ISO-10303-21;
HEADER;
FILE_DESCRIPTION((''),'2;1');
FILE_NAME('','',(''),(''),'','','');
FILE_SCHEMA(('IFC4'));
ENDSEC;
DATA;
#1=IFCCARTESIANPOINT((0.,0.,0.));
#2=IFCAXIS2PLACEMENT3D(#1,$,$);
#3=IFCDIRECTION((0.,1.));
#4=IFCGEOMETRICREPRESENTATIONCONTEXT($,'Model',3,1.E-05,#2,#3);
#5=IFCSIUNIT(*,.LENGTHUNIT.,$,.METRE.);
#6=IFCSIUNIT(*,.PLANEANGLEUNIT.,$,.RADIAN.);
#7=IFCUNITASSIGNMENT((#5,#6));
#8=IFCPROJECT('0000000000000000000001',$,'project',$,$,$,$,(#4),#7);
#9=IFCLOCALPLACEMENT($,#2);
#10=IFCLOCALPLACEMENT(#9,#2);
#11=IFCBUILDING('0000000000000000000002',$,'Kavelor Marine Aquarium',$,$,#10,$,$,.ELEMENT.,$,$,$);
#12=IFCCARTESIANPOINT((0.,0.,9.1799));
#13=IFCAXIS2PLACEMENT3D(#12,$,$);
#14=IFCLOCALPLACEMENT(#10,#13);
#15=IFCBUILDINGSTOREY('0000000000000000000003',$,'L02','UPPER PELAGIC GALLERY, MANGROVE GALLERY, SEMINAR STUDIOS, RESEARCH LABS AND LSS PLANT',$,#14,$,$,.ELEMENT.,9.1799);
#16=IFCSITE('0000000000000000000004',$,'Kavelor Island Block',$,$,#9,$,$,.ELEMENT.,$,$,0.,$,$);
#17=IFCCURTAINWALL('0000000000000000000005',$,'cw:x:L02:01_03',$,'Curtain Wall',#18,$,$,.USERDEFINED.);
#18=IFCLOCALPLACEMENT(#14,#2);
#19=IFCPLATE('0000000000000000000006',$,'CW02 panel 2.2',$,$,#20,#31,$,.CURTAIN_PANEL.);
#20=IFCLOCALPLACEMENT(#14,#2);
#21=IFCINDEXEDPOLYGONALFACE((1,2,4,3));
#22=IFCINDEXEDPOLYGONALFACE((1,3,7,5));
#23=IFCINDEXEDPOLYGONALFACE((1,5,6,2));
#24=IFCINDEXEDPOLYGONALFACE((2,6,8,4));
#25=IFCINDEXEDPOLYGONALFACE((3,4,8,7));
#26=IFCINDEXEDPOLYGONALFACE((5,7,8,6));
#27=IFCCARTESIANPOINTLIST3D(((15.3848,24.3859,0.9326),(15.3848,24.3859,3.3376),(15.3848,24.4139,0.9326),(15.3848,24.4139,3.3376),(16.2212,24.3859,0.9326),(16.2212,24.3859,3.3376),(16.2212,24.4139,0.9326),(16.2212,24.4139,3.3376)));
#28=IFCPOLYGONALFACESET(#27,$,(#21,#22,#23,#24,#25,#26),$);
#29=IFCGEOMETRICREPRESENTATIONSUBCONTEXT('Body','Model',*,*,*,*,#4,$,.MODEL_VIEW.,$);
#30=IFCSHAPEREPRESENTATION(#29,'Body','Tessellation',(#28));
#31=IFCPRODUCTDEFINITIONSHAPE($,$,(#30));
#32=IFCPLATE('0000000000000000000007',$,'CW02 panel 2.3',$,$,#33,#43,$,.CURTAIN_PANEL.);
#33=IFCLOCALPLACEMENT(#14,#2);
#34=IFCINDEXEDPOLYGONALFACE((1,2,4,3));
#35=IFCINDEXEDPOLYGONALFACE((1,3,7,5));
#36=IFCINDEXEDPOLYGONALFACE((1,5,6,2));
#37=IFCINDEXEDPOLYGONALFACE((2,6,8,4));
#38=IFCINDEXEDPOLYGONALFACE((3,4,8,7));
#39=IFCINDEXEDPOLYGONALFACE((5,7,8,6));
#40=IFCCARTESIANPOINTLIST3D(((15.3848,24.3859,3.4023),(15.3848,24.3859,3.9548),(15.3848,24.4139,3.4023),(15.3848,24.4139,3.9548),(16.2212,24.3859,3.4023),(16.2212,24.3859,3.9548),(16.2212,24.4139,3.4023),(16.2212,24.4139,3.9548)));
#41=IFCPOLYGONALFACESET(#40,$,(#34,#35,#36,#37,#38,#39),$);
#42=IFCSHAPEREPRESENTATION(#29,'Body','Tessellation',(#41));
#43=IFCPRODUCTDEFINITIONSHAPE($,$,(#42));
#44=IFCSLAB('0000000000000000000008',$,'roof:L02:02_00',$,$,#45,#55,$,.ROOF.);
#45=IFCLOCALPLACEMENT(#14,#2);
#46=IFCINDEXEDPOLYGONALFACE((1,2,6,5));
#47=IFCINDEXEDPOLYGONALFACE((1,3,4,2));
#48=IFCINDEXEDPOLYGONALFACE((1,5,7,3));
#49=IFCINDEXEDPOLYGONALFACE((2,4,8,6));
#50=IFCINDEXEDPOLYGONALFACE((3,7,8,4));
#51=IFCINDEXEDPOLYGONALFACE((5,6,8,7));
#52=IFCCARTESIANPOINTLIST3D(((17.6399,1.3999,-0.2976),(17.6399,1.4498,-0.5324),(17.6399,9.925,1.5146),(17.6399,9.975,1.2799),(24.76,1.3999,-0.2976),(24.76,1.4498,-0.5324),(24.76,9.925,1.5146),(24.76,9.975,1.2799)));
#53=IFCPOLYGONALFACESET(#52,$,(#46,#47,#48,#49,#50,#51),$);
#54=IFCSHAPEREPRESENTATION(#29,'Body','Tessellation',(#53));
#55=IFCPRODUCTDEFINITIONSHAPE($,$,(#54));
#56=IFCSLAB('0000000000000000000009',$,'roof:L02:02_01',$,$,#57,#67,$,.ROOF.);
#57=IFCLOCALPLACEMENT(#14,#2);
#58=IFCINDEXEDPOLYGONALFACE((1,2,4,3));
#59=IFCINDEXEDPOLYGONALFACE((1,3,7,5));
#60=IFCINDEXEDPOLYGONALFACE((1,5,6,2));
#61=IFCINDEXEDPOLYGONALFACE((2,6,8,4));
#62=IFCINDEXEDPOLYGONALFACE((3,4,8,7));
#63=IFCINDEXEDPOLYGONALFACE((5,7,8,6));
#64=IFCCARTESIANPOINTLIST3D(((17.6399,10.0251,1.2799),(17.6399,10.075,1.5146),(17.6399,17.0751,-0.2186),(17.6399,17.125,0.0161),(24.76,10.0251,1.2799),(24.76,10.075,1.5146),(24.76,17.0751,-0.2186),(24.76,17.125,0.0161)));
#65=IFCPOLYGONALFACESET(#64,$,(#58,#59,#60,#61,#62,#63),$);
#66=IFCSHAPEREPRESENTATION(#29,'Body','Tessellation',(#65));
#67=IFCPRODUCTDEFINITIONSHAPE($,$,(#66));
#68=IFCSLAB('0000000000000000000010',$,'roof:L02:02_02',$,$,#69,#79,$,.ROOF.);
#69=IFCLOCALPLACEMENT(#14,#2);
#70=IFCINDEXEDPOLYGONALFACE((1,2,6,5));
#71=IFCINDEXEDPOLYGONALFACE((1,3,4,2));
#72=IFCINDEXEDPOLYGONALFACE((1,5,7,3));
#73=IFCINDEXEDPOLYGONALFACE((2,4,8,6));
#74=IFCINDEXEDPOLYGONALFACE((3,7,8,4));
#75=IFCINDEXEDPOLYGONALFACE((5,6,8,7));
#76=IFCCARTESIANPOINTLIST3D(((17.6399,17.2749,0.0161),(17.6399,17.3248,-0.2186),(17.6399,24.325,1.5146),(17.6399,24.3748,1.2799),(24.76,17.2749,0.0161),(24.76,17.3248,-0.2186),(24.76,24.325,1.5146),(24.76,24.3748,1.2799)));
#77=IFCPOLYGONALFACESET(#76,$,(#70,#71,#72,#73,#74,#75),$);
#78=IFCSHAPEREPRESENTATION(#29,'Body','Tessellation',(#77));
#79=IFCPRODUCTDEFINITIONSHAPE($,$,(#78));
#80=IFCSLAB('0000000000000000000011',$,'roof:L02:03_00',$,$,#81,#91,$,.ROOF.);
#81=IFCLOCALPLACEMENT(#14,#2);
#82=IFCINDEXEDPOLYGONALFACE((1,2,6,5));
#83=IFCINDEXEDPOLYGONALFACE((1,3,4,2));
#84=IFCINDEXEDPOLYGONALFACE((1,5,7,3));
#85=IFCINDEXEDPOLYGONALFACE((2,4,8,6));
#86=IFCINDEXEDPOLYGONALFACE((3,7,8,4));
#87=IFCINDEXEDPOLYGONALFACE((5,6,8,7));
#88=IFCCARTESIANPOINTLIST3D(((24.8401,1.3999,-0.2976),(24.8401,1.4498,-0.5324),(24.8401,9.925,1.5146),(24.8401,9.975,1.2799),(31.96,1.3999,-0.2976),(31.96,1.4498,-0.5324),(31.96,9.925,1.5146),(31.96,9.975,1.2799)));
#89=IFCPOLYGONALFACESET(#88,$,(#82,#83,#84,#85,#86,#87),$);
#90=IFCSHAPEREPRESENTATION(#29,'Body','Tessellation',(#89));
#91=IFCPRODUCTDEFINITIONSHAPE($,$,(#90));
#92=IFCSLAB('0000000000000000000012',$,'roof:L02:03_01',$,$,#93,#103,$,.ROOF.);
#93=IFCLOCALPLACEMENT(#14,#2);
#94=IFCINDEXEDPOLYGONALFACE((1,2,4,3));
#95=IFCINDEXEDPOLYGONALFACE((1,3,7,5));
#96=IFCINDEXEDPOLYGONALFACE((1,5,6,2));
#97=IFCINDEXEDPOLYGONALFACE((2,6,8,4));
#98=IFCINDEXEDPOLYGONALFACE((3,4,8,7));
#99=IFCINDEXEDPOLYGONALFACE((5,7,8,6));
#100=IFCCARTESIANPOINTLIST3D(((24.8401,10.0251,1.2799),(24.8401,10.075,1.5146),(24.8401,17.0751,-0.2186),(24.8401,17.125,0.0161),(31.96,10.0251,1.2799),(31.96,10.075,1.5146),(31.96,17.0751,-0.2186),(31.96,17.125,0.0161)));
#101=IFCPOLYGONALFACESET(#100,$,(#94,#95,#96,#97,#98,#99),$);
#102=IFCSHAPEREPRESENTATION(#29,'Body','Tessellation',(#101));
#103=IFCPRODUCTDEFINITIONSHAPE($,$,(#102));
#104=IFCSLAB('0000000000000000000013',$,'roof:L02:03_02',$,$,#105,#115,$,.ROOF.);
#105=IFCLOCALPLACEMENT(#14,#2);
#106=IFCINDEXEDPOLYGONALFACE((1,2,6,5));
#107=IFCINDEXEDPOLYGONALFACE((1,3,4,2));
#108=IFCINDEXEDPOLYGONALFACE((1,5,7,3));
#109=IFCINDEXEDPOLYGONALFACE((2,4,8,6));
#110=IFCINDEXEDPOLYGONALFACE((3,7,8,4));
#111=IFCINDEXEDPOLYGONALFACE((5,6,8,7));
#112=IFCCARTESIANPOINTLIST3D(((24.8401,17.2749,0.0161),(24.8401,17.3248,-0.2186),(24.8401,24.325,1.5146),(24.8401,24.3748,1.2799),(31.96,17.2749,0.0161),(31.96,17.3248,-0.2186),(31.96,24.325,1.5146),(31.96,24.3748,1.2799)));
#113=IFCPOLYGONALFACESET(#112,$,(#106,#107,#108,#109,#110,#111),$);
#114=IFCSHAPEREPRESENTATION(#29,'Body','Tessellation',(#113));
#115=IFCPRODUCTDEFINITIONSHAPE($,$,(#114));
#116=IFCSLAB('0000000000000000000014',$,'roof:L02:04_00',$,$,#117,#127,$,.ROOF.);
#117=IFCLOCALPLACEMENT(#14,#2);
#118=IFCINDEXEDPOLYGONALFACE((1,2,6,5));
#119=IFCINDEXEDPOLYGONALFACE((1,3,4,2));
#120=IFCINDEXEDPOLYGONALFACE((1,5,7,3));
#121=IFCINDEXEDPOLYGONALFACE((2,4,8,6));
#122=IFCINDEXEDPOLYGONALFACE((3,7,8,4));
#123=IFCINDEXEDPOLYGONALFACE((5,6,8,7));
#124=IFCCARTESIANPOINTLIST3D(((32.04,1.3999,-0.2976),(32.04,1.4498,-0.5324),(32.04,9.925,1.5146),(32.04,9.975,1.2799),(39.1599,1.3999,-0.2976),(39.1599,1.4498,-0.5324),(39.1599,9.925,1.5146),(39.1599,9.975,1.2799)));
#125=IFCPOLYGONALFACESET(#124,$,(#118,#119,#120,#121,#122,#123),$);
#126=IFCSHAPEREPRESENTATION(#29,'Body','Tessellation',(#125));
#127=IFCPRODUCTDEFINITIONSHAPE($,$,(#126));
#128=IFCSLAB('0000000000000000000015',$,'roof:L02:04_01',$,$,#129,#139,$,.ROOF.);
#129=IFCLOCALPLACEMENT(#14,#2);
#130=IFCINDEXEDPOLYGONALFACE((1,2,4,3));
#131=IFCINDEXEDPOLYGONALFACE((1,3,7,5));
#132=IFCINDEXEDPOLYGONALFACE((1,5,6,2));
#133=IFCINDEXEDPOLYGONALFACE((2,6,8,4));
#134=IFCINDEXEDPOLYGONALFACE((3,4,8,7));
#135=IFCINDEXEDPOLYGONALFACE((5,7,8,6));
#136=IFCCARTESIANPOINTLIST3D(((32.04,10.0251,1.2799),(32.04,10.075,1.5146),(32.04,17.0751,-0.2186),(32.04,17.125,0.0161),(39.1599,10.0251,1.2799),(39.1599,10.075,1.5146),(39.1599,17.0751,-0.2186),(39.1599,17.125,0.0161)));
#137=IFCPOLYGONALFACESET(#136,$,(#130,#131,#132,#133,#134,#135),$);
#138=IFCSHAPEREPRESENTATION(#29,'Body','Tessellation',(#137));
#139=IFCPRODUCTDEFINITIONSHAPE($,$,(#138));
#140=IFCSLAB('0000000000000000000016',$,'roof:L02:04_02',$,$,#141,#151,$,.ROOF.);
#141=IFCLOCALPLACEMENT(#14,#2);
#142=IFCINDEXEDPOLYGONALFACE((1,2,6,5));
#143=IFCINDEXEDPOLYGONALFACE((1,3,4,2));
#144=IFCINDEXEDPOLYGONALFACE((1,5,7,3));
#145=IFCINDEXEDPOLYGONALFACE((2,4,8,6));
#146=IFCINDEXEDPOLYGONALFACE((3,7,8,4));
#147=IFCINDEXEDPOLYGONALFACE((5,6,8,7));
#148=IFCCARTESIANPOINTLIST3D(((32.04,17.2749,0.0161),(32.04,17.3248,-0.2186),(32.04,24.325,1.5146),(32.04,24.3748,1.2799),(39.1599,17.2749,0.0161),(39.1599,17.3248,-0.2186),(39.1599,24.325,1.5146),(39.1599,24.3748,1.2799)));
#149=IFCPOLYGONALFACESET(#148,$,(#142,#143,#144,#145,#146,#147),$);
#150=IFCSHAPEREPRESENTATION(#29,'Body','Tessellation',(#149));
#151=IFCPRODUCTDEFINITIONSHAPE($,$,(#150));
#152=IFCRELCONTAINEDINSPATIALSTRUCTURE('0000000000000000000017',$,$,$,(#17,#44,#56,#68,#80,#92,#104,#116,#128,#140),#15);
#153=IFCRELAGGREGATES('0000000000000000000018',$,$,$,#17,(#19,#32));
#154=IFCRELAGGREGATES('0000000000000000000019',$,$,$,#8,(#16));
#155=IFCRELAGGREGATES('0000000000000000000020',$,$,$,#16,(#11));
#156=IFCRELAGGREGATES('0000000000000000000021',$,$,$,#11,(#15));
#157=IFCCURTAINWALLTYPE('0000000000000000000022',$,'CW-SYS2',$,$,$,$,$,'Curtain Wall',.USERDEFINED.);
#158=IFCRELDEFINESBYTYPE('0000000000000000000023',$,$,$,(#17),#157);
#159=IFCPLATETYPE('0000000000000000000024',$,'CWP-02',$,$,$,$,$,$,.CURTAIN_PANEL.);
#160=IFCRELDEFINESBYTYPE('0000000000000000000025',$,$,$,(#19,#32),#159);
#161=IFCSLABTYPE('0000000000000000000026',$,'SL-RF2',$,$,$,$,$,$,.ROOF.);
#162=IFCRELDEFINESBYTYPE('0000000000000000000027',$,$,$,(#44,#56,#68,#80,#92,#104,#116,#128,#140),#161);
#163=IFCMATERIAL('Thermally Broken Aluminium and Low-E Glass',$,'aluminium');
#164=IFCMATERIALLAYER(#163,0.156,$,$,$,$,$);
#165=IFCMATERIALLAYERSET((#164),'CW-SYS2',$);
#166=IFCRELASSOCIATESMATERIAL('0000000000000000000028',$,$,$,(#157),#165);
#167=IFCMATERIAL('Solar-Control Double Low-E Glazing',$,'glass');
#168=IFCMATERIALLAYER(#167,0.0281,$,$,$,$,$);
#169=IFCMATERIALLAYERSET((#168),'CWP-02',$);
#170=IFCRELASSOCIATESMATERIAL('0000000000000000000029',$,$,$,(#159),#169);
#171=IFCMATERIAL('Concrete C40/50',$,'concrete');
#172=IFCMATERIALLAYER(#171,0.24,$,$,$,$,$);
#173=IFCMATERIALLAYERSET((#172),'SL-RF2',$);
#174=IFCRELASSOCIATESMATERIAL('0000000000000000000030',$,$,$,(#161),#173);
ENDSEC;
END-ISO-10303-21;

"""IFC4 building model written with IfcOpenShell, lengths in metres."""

from ifc_helpers import new_model, si_unit, direction, frame, origin, origin_2d, place, context, subcontext, project, spatial, polyline, rectangle, outline, extrude, material, layer, layer_set, type_object, element, aggregate, save


model = new_model("IFC4")

# Units and contexts
model_context = context("Model", 3, precision=1e-05, world=origin(), true_north=direction((0.0, 1.0)))
body_context = subcontext(model_context, "Body", "Model", "MODEL_VIEW")
ifc_project = project(units=[si_unit("LENGTHUNIT", "METRE"), si_unit("PLANEANGLEUNIT", "RADIAN")], contexts=[model_context])

# Site, building, storey
site_placement = place(None, origin())
site = spatial("IfcSite", under=ifc_project, at=site_placement, Name="Kavelor Island Block", CompositionType="ELEMENT", RefElevation=0.0)
building_placement = place(site_placement, origin())
building = spatial("IfcBuilding", under=site, at=building_placement, Name="Kavelor Marine Aquarium", CompositionType="ELEMENT")
storey_placement = place(building_placement, frame((0.0, 0.0, 9.1799)))
storey = spatial("IfcBuildingStorey", under=building, at=storey_placement, Name="L02", Description="UPPER PELAGIC GALLERY, MANGROVE GALLERY, SEMINAR STUDIOS, RESEARCH LABS AND LSS PLANT", CompositionType="ELEMENT", Elevation=9.1799)

# Curtain wall, plates
ifc_material_1 = material(Name="Thermally Broken Aluminium and Low-E Glass", Category="aluminium")
ifc_layer_1 = layer(ifc_material_1, 0.156)
ifc_layer_set_1 = layer_set([ifc_layer_1], Name="CW-SYS2")
curtain_wall_type = type_object("IfcCurtainWallType", Name="CW-SYS2", ElementType="Curtain Wall", PredefinedType="USERDEFINED", material=ifc_layer_set_1)
curtain_wall_placement = place(storey_placement, origin())
curtain_wall = element("IfcCurtainWall", 1, at=curtain_wall_placement, inside=storey, type_object=curtain_wall_type, Name="cw:x:L02:01_03", ObjectType="Curtain Wall", PredefinedType="USERDEFINED")
ifc_material_2 = material(Name="Solar-Control Double Low-E Glazing", Category="glass")
ifc_layer_2 = layer(ifc_material_2, 0.0281)
ifc_layer_set_2 = layer_set([ifc_layer_2], Name="CWP-02")
plate_type = type_object("IfcPlateType", Name="CWP-02", PredefinedType="CURTAIN_PANEL", material=ifc_layer_set_2)
plate_1_placement = place(storey_placement, frame((15.803, 24.3999, 0.9326), z_axis=(0.0, 0.0, 1.0), x_axis=(-1.0, 0.0, 0.0)))
plate_1 = element("IfcPlate", 2, at=plate_1_placement, type_object=plate_type, Name="CW02 panel 2.2", PredefinedType="CURTAIN_PANEL", context=body_context, shape_type="SweptSolid", body=[
    extrude(rectangle(XDim=0.8364, YDim=0.0281, at=origin_2d()), origin(), (0.0, 0.0, 1.0), 2.405),
])
plate_2_placement = place(storey_placement, frame((15.803, 24.3999, 3.4023), z_axis=(0.0, 0.0, 1.0), x_axis=(-1.0, 0.0, 0.0)))
plate_2 = element("IfcPlate", 3, at=plate_2_placement, type_object=plate_type, Name="CW02 panel 2.3", PredefinedType="CURTAIN_PANEL", context=body_context, shape_type="SweptSolid", body=[
    extrude(rectangle(XDim=0.8364, YDim=0.0281, at=origin_2d()), origin(), (0.0, 0.0, 1.0), 0.5525),
])
aggregate(curtain_wall, [plate_1, plate_2])

# Slabs
ifc_material_3 = material(Name="Concrete C40/50", Category="concrete")
ifc_layer_3 = layer(ifc_material_3, 0.24)
ifc_layer_set_3 = layer_set([ifc_layer_3], Name="SL-RF2")
slab_type = type_object("IfcSlabType", Name="SL-RF2", PredefinedType="ROOF", material=ifc_layer_set_3)
slab_1_placement = place(storey_placement, frame((17.6399, 1.3999, -0.2976), z_axis=(0.0, -0.207931, 0.978143), x_axis=(1.0, 0.0, 0.0)))
element("IfcSlab", 4, at=slab_1_placement, inside=storey, type_object=slab_type, Name="roof:L02:02_00", PredefinedType="ROOF", context=body_context, shape_type="SweptSolid", body=[
    extrude(outline(polyline([(0.0, 0.0), (7.1201, 0.0), (7.1201, 8.7156), (0.0, 8.7156), (0.0, 0.0)])), origin(), (0.0, 0.0, -1.0), 0.24),
])
for number, where, z_axis, x_axis, name in (
    (5, (17.6399, 10.075, 1.5146), (0.0, 0.207912, 0.978148), (1.0, 0.0, 0.0), "roof:L02:02_01"),
    (6, (17.6399, 17.2749, 0.0161), (0.0, -0.207912, 0.978148), (1.0, 0.0, 0.0), "roof:L02:02_02"),
):
    element("IfcSlab", number, at=place(storey_placement, frame(where, z_axis=z_axis, x_axis=x_axis)), inside=storey, type_object=slab_type, Name=name, PredefinedType="ROOF", context=body_context, shape_type="SweptSolid", body=[
        extrude(outline(polyline([(0.0, 0.0), (7.1201, 0.0), (7.1201, 7.2076), (0.0, 7.2076), (0.0, 0.0)])), origin(), (0.0, 0.0, -1.0), 0.24),
    ])
slab_2_placement = place(storey_placement, frame((24.8401, 1.3999, -0.2976), z_axis=(0.0, -0.207931, 0.978143), x_axis=(1.0, 0.0, 0.0)))
element("IfcSlab", 7, at=slab_2_placement, inside=storey, type_object=slab_type, Name="roof:L02:03_00", PredefinedType="ROOF", context=body_context, shape_type="SweptSolid", body=[
    extrude(outline(polyline([(0.0, 0.0), (7.1199, 0.0), (7.1199, 8.7156), (0.0, 8.7156), (0.0, 0.0)])), origin(), (0.0, 0.0, -1.0), 0.24),
])
for number, where, z_axis, x_axis, name in (
    (8, (24.8401, 10.075, 1.5146), (0.0, 0.207912, 0.978148), (1.0, 0.0, 0.0), "roof:L02:03_01"),
    (9, (24.8401, 17.2749, 0.0161), (0.0, -0.207912, 0.978148), (1.0, 0.0, 0.0), "roof:L02:03_02"),
):
    element("IfcSlab", number, at=place(storey_placement, frame(where, z_axis=z_axis, x_axis=x_axis)), inside=storey, type_object=slab_type, Name=name, PredefinedType="ROOF", context=body_context, shape_type="SweptSolid", body=[
        extrude(outline(polyline([(0.0, 0.0), (7.1199, 0.0), (7.1199, 7.2076), (0.0, 7.2076), (0.0, 0.0)])), origin(), (0.0, 0.0, -1.0), 0.24),
    ])
slab_3_placement = place(storey_placement, frame((32.04, 1.3999, -0.2976), z_axis=(0.0, -0.207931, 0.978143), x_axis=(1.0, 0.0, 0.0)))
element("IfcSlab", 10, at=slab_3_placement, inside=storey, type_object=slab_type, Name="roof:L02:04_00", PredefinedType="ROOF", context=body_context, shape_type="SweptSolid", body=[
    extrude(outline(polyline([(0.0, 0.0), (7.1199, 0.0), (7.1199, 8.7156), (0.0, 8.7156), (0.0, 0.0)])), origin(), (0.0, 0.0, -1.0), 0.24),
])
for number, where, z_axis, x_axis, name in (
    (11, (32.04, 10.075, 1.5146), (0.0, 0.207912, 0.978148), (1.0, 0.0, 0.0), "roof:L02:04_01"),
    (12, (32.04, 17.2749, 0.0161), (0.0, -0.207912, 0.978148), (1.0, 0.0, 0.0), "roof:L02:04_02"),
):
    element("IfcSlab", number, at=place(storey_placement, frame(where, z_axis=z_axis, x_axis=x_axis)), inside=storey, type_object=slab_type, Name=name, PredefinedType="ROOF", context=body_context, shape_type="SweptSolid", body=[
        extrude(outline(polyline([(0.0, 0.0), (7.1199, 0.0), (7.1199, 7.2076), (0.0, 7.2076), (0.0, 0.0)])), origin(), (0.0, 0.0, -1.0), 0.24),
    ])

save(model, "model.ifc")
